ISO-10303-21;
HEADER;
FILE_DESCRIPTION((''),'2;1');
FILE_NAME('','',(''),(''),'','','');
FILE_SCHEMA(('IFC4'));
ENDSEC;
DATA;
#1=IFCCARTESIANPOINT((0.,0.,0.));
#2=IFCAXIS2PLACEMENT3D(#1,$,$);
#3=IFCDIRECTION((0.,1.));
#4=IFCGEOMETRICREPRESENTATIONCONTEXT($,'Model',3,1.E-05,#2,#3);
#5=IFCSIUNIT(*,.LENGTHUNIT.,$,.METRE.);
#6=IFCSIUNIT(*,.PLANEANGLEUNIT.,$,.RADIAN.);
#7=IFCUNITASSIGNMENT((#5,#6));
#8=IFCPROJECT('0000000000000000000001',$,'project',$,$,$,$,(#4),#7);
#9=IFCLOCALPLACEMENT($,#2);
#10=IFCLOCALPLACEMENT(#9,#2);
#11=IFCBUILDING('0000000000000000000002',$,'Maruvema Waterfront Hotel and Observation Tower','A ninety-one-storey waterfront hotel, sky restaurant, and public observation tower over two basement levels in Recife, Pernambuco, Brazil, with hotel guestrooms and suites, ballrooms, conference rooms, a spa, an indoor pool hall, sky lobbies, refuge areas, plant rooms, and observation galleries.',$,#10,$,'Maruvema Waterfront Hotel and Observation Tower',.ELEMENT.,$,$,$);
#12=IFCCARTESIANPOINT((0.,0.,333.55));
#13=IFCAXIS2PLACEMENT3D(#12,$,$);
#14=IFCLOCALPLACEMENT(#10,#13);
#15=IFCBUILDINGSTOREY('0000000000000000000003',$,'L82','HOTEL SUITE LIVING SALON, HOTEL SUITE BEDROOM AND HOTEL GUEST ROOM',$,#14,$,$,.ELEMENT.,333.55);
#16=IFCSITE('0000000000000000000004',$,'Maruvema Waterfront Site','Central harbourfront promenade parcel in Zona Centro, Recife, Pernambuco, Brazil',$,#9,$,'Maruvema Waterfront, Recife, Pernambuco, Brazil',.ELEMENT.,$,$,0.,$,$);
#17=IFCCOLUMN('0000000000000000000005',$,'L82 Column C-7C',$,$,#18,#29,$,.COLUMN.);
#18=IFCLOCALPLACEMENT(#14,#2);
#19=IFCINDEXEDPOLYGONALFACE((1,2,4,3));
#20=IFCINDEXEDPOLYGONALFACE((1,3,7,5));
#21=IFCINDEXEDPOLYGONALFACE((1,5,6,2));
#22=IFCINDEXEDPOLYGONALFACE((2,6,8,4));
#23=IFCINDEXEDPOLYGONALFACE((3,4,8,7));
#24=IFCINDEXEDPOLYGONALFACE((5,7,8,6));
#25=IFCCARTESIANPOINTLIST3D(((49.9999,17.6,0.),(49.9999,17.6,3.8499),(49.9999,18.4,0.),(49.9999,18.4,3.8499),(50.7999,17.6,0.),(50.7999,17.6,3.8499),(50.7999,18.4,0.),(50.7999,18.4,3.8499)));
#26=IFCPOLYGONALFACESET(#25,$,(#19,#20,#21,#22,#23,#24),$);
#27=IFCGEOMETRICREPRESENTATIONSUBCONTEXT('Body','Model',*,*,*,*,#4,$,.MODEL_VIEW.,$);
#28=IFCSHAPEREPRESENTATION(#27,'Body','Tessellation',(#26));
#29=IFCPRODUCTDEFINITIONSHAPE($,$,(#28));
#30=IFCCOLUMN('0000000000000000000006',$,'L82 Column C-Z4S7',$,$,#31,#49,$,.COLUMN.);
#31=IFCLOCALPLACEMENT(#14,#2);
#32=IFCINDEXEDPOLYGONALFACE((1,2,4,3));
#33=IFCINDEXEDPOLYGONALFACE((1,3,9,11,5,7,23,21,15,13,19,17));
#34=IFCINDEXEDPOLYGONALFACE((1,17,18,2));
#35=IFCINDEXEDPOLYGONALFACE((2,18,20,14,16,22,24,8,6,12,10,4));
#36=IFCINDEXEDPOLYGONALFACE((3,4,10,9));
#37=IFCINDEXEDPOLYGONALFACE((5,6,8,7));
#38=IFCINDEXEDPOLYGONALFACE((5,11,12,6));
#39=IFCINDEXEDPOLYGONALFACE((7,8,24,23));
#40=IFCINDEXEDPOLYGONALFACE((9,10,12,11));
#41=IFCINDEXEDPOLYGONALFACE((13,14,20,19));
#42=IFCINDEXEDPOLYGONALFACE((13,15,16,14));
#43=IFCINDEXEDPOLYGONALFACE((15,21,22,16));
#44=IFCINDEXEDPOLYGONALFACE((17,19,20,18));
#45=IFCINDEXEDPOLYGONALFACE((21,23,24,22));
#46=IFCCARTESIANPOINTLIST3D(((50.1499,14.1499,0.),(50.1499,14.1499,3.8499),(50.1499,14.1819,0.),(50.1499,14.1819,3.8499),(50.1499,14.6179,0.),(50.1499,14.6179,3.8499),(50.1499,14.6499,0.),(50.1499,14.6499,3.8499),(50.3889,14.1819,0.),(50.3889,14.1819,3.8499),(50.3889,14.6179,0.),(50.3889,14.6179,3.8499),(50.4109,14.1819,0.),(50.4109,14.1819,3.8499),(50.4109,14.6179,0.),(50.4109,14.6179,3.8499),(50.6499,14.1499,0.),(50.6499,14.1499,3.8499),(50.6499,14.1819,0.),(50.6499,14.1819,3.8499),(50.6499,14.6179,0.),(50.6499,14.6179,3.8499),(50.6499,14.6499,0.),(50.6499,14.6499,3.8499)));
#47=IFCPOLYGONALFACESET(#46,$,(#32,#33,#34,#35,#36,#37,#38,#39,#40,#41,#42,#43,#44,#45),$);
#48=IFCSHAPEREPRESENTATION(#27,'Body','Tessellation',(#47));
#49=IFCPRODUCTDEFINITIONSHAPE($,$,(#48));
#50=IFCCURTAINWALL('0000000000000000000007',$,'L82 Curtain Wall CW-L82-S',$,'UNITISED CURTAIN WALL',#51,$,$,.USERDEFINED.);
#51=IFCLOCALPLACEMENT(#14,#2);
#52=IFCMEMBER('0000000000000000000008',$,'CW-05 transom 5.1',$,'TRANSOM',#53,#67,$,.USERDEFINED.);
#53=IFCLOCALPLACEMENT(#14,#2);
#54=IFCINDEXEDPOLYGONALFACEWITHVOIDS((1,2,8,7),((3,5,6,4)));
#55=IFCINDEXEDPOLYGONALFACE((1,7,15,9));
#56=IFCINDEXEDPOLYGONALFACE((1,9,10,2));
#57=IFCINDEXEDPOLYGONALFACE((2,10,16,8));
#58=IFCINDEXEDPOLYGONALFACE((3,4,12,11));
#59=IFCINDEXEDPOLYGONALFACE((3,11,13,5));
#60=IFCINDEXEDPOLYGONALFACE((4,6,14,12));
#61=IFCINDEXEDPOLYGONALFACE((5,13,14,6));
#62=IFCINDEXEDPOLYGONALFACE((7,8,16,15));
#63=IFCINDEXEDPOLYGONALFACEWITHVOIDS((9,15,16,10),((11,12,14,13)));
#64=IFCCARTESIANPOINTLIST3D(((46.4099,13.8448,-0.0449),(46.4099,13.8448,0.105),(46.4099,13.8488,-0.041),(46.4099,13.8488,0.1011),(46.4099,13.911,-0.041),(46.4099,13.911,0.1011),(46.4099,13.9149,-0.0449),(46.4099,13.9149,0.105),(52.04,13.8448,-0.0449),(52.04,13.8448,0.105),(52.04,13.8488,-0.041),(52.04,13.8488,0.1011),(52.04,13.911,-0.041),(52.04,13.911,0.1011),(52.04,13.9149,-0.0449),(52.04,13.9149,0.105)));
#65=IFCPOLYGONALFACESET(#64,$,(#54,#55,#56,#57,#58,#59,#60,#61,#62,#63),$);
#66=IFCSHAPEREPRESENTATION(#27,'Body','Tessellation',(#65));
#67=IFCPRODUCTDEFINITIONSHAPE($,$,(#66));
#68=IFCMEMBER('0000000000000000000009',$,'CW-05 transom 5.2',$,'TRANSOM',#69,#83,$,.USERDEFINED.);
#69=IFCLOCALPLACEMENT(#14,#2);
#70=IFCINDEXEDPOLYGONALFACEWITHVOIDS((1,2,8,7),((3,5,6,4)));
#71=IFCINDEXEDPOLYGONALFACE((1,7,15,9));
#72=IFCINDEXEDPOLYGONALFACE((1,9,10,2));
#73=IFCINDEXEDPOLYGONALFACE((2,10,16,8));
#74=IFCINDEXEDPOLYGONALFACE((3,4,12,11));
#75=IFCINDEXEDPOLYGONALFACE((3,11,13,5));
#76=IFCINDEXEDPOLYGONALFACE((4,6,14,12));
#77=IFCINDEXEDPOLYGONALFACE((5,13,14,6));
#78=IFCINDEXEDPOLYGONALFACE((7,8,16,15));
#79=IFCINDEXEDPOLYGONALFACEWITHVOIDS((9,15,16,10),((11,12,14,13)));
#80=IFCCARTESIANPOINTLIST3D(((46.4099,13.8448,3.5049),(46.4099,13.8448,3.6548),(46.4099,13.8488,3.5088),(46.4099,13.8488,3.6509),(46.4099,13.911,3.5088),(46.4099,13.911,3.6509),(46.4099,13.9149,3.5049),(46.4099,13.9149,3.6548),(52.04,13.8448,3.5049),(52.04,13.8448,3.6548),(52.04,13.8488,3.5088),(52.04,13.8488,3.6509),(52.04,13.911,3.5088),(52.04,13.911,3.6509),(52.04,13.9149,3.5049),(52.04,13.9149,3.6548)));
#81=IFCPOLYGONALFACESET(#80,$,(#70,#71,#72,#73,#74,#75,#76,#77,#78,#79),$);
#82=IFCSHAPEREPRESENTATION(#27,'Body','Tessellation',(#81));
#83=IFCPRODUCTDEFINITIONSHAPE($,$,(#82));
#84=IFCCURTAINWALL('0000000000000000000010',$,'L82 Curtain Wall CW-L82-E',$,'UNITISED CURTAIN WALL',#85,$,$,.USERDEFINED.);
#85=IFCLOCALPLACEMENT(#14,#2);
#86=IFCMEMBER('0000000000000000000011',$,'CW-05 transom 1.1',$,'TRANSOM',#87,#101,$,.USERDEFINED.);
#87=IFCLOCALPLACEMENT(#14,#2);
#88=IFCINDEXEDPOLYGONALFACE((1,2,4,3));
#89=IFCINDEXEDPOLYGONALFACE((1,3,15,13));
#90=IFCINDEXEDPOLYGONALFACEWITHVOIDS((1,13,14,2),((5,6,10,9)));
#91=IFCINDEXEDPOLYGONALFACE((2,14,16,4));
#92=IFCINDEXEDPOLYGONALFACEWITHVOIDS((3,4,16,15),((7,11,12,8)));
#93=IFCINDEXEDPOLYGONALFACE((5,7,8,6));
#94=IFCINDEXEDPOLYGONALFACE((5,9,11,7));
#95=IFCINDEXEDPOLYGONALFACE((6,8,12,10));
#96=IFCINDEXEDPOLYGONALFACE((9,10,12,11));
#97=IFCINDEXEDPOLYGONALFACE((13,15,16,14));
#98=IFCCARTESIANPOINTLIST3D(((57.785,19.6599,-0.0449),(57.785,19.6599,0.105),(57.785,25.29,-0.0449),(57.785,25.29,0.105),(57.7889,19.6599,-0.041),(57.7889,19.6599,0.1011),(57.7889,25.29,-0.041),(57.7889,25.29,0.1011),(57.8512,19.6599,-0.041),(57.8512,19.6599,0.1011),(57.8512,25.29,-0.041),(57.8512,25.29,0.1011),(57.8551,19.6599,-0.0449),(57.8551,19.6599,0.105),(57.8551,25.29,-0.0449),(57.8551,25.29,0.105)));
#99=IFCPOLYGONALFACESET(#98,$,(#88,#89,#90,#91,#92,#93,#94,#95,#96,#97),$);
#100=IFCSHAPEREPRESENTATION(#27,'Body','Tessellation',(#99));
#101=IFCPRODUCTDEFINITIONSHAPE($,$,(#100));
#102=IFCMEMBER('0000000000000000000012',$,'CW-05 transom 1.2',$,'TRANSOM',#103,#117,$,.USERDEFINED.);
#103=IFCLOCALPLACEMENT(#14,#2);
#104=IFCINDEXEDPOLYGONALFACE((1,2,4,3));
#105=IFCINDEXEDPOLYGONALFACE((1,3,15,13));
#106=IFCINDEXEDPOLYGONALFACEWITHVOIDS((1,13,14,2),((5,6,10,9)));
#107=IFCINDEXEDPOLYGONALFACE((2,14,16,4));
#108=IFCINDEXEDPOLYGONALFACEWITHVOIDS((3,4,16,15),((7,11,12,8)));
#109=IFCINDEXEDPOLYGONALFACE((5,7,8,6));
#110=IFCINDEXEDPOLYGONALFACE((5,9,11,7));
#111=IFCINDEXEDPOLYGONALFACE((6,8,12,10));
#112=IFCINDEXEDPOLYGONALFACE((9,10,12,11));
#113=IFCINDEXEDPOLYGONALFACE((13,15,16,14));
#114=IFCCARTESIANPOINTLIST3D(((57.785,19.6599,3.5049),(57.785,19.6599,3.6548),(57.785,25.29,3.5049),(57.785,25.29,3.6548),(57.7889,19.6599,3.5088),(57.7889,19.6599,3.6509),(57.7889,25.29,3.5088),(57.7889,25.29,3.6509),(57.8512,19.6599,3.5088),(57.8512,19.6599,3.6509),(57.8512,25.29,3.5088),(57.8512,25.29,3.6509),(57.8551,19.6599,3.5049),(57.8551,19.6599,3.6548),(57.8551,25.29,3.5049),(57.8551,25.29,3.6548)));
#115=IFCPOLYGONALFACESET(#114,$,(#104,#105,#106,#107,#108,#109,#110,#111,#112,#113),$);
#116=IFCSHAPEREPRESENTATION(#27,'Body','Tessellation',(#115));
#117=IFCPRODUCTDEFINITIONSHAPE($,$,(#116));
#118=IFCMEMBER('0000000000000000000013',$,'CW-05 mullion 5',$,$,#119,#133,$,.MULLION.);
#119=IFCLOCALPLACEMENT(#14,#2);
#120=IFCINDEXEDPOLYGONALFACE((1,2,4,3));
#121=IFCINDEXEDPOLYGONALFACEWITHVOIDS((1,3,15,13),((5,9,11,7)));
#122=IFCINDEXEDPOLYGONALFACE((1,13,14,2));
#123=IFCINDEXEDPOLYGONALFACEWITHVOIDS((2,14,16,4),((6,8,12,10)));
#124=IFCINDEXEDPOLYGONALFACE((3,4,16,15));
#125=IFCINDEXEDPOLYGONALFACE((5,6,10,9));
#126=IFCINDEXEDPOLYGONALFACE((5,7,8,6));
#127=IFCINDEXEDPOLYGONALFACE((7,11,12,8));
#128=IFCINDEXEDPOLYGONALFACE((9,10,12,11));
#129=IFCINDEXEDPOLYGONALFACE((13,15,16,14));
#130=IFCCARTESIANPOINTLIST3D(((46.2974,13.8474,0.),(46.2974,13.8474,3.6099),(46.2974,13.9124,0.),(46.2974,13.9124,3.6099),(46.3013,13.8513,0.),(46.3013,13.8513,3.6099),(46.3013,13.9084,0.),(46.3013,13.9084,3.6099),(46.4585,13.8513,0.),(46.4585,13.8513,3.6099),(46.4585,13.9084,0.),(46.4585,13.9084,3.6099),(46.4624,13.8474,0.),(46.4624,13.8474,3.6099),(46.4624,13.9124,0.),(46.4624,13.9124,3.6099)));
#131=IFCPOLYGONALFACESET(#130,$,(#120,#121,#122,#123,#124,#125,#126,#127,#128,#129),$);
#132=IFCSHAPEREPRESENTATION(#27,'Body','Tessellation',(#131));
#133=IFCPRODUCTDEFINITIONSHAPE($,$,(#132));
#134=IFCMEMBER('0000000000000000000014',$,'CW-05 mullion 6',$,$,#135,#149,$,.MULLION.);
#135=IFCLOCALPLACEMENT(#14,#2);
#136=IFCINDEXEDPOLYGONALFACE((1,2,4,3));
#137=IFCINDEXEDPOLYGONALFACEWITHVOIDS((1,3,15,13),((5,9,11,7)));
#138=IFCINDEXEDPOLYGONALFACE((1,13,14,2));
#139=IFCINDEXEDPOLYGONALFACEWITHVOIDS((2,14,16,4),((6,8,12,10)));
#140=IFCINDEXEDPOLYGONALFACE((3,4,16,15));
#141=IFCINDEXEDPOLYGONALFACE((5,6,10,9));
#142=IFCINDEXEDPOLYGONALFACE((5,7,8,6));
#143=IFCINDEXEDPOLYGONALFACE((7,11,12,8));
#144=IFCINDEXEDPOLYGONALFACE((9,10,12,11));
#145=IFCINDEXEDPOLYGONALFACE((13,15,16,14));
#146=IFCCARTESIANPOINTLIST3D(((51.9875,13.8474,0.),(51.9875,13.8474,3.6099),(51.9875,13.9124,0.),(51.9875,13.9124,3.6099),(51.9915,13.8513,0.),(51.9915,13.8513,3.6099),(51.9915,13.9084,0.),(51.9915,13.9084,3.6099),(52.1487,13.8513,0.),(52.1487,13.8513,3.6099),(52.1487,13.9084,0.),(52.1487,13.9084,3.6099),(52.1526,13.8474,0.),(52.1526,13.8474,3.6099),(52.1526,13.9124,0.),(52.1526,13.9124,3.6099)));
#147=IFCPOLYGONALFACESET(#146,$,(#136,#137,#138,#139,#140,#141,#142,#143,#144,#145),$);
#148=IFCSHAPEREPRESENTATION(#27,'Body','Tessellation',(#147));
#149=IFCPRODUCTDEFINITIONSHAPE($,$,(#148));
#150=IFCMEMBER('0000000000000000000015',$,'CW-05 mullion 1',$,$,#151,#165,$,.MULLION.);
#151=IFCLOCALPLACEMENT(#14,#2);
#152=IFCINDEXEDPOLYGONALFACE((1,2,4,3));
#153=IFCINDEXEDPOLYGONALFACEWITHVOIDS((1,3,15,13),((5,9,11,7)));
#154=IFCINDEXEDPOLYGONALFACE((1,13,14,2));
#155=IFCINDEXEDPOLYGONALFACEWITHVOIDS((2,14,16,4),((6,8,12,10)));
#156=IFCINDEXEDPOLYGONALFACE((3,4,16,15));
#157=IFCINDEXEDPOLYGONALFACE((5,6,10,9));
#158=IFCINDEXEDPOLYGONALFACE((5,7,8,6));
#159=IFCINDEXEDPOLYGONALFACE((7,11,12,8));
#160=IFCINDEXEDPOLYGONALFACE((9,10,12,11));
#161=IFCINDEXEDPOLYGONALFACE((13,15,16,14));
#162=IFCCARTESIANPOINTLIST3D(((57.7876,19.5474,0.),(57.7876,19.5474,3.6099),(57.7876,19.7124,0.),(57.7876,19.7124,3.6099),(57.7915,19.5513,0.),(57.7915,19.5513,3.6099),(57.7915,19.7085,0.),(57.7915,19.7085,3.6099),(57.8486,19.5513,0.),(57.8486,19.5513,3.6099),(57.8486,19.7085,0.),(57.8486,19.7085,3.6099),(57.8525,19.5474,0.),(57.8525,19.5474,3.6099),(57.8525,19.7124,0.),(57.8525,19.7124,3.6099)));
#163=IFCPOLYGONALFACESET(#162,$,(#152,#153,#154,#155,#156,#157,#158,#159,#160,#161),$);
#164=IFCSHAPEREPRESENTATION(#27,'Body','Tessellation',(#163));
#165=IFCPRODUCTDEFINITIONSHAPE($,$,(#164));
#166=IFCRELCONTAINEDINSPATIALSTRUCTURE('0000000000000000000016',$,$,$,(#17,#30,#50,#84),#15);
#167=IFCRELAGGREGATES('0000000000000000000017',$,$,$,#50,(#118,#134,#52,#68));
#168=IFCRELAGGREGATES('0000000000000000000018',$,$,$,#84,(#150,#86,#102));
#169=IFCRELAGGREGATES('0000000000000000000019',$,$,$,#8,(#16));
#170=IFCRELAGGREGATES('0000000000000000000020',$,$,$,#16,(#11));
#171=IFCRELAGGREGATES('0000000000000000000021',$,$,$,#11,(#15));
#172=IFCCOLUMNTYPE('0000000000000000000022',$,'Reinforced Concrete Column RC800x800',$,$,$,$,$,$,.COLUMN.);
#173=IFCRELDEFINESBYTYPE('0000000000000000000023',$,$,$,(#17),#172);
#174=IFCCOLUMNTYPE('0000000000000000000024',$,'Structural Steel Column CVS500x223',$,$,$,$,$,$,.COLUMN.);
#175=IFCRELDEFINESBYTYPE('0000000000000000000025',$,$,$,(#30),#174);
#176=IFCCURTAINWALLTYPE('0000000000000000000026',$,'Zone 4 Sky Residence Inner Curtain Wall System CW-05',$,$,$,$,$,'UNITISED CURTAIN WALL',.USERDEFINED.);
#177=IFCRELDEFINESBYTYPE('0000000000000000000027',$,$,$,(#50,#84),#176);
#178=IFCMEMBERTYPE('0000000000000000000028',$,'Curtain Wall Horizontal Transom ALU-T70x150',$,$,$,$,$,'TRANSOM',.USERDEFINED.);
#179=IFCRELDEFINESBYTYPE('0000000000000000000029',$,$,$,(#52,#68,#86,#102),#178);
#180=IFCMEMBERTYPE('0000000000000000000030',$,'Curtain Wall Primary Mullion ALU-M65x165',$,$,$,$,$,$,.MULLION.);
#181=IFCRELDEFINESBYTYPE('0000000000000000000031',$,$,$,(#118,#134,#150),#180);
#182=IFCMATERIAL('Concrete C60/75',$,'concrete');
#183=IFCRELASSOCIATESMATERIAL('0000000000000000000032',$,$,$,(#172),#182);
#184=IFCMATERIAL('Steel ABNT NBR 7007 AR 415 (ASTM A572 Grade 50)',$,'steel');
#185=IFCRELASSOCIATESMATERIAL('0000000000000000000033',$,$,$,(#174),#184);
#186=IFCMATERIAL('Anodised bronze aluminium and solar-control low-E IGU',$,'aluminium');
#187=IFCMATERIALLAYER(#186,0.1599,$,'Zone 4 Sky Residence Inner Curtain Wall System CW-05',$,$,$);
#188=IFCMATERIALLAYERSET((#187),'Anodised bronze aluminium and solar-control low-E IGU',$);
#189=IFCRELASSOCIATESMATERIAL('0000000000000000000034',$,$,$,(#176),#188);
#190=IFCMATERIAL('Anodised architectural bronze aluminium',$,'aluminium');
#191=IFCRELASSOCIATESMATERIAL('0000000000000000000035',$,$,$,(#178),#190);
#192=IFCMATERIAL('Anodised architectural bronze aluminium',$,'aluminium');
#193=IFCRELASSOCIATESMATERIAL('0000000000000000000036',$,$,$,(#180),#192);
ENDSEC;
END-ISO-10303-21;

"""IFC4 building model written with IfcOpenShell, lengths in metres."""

from ifc_helpers import new_model, si_unit, direction, frame, origin, origin_2d, place, context, subcontext, project, spatial, rectangle, hollow_rectangle, i_section, extrude, material, layer, layer_set, material_profile, profile_set, type_object, element, aggregate, save


model = new_model("IFC4")

# Units and contexts
model_context = context("Model", 3, precision=1e-05, world=origin(), true_north=direction((0.0, 1.0)))
body_context = subcontext(model_context, "Body", "Model", "MODEL_VIEW")
ifc_project = project(units=[si_unit("LENGTHUNIT", "METRE"), si_unit("PLANEANGLEUNIT", "RADIAN")], contexts=[model_context])

# Site, building, storey
site_placement = place(None, origin())
site = spatial("IfcSite", under=ifc_project, at=site_placement, Name="Maruvema Waterfront Site", Description="Central harbourfront promenade parcel in Zona Centro, Recife, Pernambuco, Brazil", LongName="Maruvema Waterfront, Recife, Pernambuco, Brazil", CompositionType="ELEMENT", RefElevation=0.0)
building_placement = place(site_placement, origin())
building = spatial("IfcBuilding", under=site, at=building_placement, Name="Maruvema Waterfront Hotel and Observation Tower", Description="A ninety-one-storey waterfront hotel, sky restaurant, and public observation tower over two basement levels in Recife, Pernambuco, Brazil, with hotel guestrooms and suites, ballrooms, conference rooms, a spa, an indoor pool hall, sky lobbies, refuge areas, plant rooms, and observation galleries.", LongName="Maruvema Waterfront Hotel and Observation Tower", CompositionType="ELEMENT")
storey_placement = place(building_placement, frame((0.0, 0.0, 333.55)))
storey = spatial("IfcBuildingStorey", under=building, at=storey_placement, Name="L82", Description="HOTEL SUITE LIVING SALON, HOTEL SUITE BEDROOM AND HOTEL GUEST ROOM", CompositionType="ELEMENT", Elevation=333.55)

# Columns
ifc_material_1 = material(Name="Concrete C60/75", Category="concrete")
ifc_material_profile_1 = material_profile(ifc_material_1, rectangle(XDim=0.8, YDim=0.8, at=origin_2d()), Name="RC800x800")
ifc_profile_set_1 = profile_set([ifc_material_profile_1], Name="Concrete C60/75")
column_type_1 = type_object("IfcColumnType", Name="Reinforced Concrete Column RC800x800", PredefinedType="COLUMN", material=ifc_profile_set_1)
column_1_placement = place(storey_placement, frame((50.3999, 18.0, 0.0), z_axis=(0.0, 0.0, 1.0), x_axis=(1.0, 0.0, 0.0)))
element("IfcColumn", 1, at=column_1_placement, inside=storey, type_object=column_type_1, Name="L82 Column C-7C", PredefinedType="COLUMN", context=body_context, shape_type="SweptSolid", body=[
    extrude(rectangle(XDim=0.8, YDim=0.8, at=origin_2d()), origin(), (0.0, 0.0, 1.0), 3.8499),
])
ifc_material_2 = material(Name="Steel ABNT NBR 7007 AR 415 (ASTM A572 Grade 50)", Category="steel")
ifc_material_profile_2 = material_profile(ifc_material_2, i_section(OverallWidth=0.5, OverallDepth=0.5, WebThickness=0.022, FlangeThickness=0.032, at=origin_2d()), Name="CVS500x223")
ifc_profile_set_2 = profile_set([ifc_material_profile_2], Name="Steel ABNT NBR 7007 AR 415 (ASTM A572 Grade 50)")
column_type_2 = type_object("IfcColumnType", Name="Structural Steel Column CVS500x223", PredefinedType="COLUMN", material=ifc_profile_set_2)
column_2_placement = place(storey_placement, frame((50.3999, 14.3999, 0.0), z_axis=(0.0, 0.0, 1.0), x_axis=(1.0, 0.0, 0.0)))
element("IfcColumn", 2, at=column_2_placement, inside=storey, type_object=column_type_2, Name="L82 Column C-Z4S7", PredefinedType="COLUMN", context=body_context, shape_type="SweptSolid", body=[
    extrude(i_section(OverallWidth=0.5, OverallDepth=0.5, WebThickness=0.022, FlangeThickness=0.032, at=origin_2d()), origin(), (0.0, 0.0, 1.0), 3.8499),
])

# Curtain walls, members
ifc_material_3 = material(Name="Anodised bronze aluminium and solar-control low-E IGU", Category="aluminium")
ifc_layer_1 = layer(ifc_material_3, 0.1599, Name="Zone 4 Sky Residence Inner Curtain Wall System CW-05")
ifc_layer_set_1 = layer_set([ifc_layer_1], Name="Anodised bronze aluminium and solar-control low-E IGU")
curtain_wall_type = type_object("IfcCurtainWallType", Name="Zone 4 Sky Residence Inner Curtain Wall System CW-05", ElementType="UNITISED CURTAIN WALL", PredefinedType="USERDEFINED", material=ifc_layer_set_1)
curtain_wall_1_placement = place(storey_placement, origin())
curtain_wall_1 = element("IfcCurtainWall", 3, at=curtain_wall_1_placement, inside=storey, type_object=curtain_wall_type, Name="L82 Curtain Wall CW-L82-S", ObjectType="UNITISED CURTAIN WALL", PredefinedType="USERDEFINED")
ifc_material_4 = material(Name="Anodised architectural bronze aluminium", Category="aluminium")
ifc_material_profile_3 = material_profile(ifc_material_4, hollow_rectangle(XDim=0.0701, YDim=0.1499, WallThickness=0.0039, at=origin_2d()), Name="ALU-T70x150")
ifc_profile_set_3 = profile_set([ifc_material_profile_3], Name="Anodised architectural bronze aluminium")
member_type_1 = type_object("IfcMemberType", Name="Curtain Wall Horizontal Transom ALU-T70x150", ElementType="TRANSOM", PredefinedType="USERDEFINED", material=ifc_profile_set_3)
member_1_placement = place(storey_placement, frame((46.4099, 13.8799, 0.03), z_axis=(1.0, 0.0, 0.0), x_axis=(0.0, 1.0, 0.0)))
member_1 = element("IfcMember", 4, at=member_1_placement, type_object=member_type_1, Name="CW-05 transom 5.1", ObjectType="TRANSOM", PredefinedType="USERDEFINED", context=body_context, shape_type="SweptSolid", body=[
    extrude(hollow_rectangle(XDim=0.0701, YDim=0.1499, WallThickness=0.0039, at=origin_2d()), origin(), (0.0, 0.0, 1.0), 5.6301),
])
member_2_placement = place(storey_placement, frame((46.4099, 13.8799, 3.5798), z_axis=(1.0, 0.0, 0.0), x_axis=(0.0, 1.0, 0.0)))
member_2 = element("IfcMember", 5, at=member_2_placement, type_object=member_type_1, Name="CW-05 transom 5.2", ObjectType="TRANSOM", PredefinedType="USERDEFINED", context=body_context, shape_type="SweptSolid", body=[
    extrude(hollow_rectangle(XDim=0.0701, YDim=0.1499, WallThickness=0.0039, at=origin_2d()), origin(), (0.0, 0.0, 1.0), 5.6301),
])
curtain_wall_2_placement = place(storey_placement, origin())
curtain_wall_2 = element("IfcCurtainWall", 6, at=curtain_wall_2_placement, inside=storey, type_object=curtain_wall_type, Name="L82 Curtain Wall CW-L82-E", ObjectType="UNITISED CURTAIN WALL", PredefinedType="USERDEFINED")
member_3_placement = place(storey_placement, frame((57.8201, 19.6599, 0.03), z_axis=(0.0, 1.0, 0.0), x_axis=(-1.0, 0.0, 0.0)))
member_3 = element("IfcMember", 7, at=member_3_placement, type_object=member_type_1, Name="CW-05 transom 1.1", ObjectType="TRANSOM", PredefinedType="USERDEFINED", context=body_context, shape_type="SweptSolid", body=[
    extrude(hollow_rectangle(XDim=0.0701, YDim=0.1499, WallThickness=0.0039, at=origin_2d()), origin(), (0.0, 0.0, 1.0), 5.6301),
])
member_4_placement = place(storey_placement, frame((57.8201, 19.6599, 3.5798), z_axis=(0.0, 1.0, 0.0), x_axis=(-1.0, 0.0, 0.0)))
member_4 = element("IfcMember", 8, at=member_4_placement, type_object=member_type_1, Name="CW-05 transom 1.2", ObjectType="TRANSOM", PredefinedType="USERDEFINED", context=body_context, shape_type="SweptSolid", body=[
    extrude(hollow_rectangle(XDim=0.0701, YDim=0.1499, WallThickness=0.0039, at=origin_2d()), origin(), (0.0, 0.0, 1.0), 5.6301),
])

# Members
ifc_material_5 = material(Name="Anodised architectural bronze aluminium", Category="aluminium")
ifc_material_profile_4 = material_profile(ifc_material_5, hollow_rectangle(XDim=0.0649, YDim=0.165, WallThickness=0.0039, at=origin_2d()), Name="ALU-M65x165")
ifc_profile_set_4 = profile_set([ifc_material_profile_4], Name="Anodised architectural bronze aluminium")
member_type_2 = type_object("IfcMemberType", Name="Curtain Wall Primary Mullion ALU-M65x165", PredefinedType="MULLION", material=ifc_profile_set_4)
member_5_placement = place(storey_placement, frame((46.3799, 13.8799, 0.0), z_axis=(0.0, 0.0, 1.0), x_axis=(0.0, 1.0, 0.0)))
member_5 = element("IfcMember", 9, at=member_5_placement, type_object=member_type_2, Name="CW-05 mullion 5", PredefinedType="MULLION", context=body_context, shape_type="SweptSolid", body=[
    extrude(hollow_rectangle(XDim=0.0649, YDim=0.165, WallThickness=0.0039, at=origin_2d()), origin(), (0.0, 0.0, 1.0), 3.6099),
])
member_6_placement = place(storey_placement, frame((52.0701, 13.8799, 0.0), z_axis=(0.0, 0.0, 1.0), x_axis=(0.0, 1.0, 0.0)))
member_6 = element("IfcMember", 10, at=member_6_placement, type_object=member_type_2, Name="CW-05 mullion 6", PredefinedType="MULLION", context=body_context, shape_type="SweptSolid", body=[
    extrude(hollow_rectangle(XDim=0.0649, YDim=0.165, WallThickness=0.0039, at=origin_2d()), origin(), (0.0, 0.0, 1.0), 3.6099),
])
member_7_placement = place(storey_placement, frame((57.8201, 19.6299, 0.0), z_axis=(0.0, 0.0, 1.0), x_axis=(-1.0, 0.0, 0.0)))
member_7 = element("IfcMember", 11, at=member_7_placement, type_object=member_type_2, Name="CW-05 mullion 1", PredefinedType="MULLION", context=body_context, shape_type="SweptSolid", body=[
    extrude(hollow_rectangle(XDim=0.0649, YDim=0.165, WallThickness=0.0039, at=origin_2d()), origin(), (0.0, 0.0, 1.0), 3.6099),
])

aggregate(curtain_wall_1, [member_5, member_6, member_1, member_2])
aggregate(curtain_wall_2, [member_7, member_3, member_4])

save(model, "model.ifc")
